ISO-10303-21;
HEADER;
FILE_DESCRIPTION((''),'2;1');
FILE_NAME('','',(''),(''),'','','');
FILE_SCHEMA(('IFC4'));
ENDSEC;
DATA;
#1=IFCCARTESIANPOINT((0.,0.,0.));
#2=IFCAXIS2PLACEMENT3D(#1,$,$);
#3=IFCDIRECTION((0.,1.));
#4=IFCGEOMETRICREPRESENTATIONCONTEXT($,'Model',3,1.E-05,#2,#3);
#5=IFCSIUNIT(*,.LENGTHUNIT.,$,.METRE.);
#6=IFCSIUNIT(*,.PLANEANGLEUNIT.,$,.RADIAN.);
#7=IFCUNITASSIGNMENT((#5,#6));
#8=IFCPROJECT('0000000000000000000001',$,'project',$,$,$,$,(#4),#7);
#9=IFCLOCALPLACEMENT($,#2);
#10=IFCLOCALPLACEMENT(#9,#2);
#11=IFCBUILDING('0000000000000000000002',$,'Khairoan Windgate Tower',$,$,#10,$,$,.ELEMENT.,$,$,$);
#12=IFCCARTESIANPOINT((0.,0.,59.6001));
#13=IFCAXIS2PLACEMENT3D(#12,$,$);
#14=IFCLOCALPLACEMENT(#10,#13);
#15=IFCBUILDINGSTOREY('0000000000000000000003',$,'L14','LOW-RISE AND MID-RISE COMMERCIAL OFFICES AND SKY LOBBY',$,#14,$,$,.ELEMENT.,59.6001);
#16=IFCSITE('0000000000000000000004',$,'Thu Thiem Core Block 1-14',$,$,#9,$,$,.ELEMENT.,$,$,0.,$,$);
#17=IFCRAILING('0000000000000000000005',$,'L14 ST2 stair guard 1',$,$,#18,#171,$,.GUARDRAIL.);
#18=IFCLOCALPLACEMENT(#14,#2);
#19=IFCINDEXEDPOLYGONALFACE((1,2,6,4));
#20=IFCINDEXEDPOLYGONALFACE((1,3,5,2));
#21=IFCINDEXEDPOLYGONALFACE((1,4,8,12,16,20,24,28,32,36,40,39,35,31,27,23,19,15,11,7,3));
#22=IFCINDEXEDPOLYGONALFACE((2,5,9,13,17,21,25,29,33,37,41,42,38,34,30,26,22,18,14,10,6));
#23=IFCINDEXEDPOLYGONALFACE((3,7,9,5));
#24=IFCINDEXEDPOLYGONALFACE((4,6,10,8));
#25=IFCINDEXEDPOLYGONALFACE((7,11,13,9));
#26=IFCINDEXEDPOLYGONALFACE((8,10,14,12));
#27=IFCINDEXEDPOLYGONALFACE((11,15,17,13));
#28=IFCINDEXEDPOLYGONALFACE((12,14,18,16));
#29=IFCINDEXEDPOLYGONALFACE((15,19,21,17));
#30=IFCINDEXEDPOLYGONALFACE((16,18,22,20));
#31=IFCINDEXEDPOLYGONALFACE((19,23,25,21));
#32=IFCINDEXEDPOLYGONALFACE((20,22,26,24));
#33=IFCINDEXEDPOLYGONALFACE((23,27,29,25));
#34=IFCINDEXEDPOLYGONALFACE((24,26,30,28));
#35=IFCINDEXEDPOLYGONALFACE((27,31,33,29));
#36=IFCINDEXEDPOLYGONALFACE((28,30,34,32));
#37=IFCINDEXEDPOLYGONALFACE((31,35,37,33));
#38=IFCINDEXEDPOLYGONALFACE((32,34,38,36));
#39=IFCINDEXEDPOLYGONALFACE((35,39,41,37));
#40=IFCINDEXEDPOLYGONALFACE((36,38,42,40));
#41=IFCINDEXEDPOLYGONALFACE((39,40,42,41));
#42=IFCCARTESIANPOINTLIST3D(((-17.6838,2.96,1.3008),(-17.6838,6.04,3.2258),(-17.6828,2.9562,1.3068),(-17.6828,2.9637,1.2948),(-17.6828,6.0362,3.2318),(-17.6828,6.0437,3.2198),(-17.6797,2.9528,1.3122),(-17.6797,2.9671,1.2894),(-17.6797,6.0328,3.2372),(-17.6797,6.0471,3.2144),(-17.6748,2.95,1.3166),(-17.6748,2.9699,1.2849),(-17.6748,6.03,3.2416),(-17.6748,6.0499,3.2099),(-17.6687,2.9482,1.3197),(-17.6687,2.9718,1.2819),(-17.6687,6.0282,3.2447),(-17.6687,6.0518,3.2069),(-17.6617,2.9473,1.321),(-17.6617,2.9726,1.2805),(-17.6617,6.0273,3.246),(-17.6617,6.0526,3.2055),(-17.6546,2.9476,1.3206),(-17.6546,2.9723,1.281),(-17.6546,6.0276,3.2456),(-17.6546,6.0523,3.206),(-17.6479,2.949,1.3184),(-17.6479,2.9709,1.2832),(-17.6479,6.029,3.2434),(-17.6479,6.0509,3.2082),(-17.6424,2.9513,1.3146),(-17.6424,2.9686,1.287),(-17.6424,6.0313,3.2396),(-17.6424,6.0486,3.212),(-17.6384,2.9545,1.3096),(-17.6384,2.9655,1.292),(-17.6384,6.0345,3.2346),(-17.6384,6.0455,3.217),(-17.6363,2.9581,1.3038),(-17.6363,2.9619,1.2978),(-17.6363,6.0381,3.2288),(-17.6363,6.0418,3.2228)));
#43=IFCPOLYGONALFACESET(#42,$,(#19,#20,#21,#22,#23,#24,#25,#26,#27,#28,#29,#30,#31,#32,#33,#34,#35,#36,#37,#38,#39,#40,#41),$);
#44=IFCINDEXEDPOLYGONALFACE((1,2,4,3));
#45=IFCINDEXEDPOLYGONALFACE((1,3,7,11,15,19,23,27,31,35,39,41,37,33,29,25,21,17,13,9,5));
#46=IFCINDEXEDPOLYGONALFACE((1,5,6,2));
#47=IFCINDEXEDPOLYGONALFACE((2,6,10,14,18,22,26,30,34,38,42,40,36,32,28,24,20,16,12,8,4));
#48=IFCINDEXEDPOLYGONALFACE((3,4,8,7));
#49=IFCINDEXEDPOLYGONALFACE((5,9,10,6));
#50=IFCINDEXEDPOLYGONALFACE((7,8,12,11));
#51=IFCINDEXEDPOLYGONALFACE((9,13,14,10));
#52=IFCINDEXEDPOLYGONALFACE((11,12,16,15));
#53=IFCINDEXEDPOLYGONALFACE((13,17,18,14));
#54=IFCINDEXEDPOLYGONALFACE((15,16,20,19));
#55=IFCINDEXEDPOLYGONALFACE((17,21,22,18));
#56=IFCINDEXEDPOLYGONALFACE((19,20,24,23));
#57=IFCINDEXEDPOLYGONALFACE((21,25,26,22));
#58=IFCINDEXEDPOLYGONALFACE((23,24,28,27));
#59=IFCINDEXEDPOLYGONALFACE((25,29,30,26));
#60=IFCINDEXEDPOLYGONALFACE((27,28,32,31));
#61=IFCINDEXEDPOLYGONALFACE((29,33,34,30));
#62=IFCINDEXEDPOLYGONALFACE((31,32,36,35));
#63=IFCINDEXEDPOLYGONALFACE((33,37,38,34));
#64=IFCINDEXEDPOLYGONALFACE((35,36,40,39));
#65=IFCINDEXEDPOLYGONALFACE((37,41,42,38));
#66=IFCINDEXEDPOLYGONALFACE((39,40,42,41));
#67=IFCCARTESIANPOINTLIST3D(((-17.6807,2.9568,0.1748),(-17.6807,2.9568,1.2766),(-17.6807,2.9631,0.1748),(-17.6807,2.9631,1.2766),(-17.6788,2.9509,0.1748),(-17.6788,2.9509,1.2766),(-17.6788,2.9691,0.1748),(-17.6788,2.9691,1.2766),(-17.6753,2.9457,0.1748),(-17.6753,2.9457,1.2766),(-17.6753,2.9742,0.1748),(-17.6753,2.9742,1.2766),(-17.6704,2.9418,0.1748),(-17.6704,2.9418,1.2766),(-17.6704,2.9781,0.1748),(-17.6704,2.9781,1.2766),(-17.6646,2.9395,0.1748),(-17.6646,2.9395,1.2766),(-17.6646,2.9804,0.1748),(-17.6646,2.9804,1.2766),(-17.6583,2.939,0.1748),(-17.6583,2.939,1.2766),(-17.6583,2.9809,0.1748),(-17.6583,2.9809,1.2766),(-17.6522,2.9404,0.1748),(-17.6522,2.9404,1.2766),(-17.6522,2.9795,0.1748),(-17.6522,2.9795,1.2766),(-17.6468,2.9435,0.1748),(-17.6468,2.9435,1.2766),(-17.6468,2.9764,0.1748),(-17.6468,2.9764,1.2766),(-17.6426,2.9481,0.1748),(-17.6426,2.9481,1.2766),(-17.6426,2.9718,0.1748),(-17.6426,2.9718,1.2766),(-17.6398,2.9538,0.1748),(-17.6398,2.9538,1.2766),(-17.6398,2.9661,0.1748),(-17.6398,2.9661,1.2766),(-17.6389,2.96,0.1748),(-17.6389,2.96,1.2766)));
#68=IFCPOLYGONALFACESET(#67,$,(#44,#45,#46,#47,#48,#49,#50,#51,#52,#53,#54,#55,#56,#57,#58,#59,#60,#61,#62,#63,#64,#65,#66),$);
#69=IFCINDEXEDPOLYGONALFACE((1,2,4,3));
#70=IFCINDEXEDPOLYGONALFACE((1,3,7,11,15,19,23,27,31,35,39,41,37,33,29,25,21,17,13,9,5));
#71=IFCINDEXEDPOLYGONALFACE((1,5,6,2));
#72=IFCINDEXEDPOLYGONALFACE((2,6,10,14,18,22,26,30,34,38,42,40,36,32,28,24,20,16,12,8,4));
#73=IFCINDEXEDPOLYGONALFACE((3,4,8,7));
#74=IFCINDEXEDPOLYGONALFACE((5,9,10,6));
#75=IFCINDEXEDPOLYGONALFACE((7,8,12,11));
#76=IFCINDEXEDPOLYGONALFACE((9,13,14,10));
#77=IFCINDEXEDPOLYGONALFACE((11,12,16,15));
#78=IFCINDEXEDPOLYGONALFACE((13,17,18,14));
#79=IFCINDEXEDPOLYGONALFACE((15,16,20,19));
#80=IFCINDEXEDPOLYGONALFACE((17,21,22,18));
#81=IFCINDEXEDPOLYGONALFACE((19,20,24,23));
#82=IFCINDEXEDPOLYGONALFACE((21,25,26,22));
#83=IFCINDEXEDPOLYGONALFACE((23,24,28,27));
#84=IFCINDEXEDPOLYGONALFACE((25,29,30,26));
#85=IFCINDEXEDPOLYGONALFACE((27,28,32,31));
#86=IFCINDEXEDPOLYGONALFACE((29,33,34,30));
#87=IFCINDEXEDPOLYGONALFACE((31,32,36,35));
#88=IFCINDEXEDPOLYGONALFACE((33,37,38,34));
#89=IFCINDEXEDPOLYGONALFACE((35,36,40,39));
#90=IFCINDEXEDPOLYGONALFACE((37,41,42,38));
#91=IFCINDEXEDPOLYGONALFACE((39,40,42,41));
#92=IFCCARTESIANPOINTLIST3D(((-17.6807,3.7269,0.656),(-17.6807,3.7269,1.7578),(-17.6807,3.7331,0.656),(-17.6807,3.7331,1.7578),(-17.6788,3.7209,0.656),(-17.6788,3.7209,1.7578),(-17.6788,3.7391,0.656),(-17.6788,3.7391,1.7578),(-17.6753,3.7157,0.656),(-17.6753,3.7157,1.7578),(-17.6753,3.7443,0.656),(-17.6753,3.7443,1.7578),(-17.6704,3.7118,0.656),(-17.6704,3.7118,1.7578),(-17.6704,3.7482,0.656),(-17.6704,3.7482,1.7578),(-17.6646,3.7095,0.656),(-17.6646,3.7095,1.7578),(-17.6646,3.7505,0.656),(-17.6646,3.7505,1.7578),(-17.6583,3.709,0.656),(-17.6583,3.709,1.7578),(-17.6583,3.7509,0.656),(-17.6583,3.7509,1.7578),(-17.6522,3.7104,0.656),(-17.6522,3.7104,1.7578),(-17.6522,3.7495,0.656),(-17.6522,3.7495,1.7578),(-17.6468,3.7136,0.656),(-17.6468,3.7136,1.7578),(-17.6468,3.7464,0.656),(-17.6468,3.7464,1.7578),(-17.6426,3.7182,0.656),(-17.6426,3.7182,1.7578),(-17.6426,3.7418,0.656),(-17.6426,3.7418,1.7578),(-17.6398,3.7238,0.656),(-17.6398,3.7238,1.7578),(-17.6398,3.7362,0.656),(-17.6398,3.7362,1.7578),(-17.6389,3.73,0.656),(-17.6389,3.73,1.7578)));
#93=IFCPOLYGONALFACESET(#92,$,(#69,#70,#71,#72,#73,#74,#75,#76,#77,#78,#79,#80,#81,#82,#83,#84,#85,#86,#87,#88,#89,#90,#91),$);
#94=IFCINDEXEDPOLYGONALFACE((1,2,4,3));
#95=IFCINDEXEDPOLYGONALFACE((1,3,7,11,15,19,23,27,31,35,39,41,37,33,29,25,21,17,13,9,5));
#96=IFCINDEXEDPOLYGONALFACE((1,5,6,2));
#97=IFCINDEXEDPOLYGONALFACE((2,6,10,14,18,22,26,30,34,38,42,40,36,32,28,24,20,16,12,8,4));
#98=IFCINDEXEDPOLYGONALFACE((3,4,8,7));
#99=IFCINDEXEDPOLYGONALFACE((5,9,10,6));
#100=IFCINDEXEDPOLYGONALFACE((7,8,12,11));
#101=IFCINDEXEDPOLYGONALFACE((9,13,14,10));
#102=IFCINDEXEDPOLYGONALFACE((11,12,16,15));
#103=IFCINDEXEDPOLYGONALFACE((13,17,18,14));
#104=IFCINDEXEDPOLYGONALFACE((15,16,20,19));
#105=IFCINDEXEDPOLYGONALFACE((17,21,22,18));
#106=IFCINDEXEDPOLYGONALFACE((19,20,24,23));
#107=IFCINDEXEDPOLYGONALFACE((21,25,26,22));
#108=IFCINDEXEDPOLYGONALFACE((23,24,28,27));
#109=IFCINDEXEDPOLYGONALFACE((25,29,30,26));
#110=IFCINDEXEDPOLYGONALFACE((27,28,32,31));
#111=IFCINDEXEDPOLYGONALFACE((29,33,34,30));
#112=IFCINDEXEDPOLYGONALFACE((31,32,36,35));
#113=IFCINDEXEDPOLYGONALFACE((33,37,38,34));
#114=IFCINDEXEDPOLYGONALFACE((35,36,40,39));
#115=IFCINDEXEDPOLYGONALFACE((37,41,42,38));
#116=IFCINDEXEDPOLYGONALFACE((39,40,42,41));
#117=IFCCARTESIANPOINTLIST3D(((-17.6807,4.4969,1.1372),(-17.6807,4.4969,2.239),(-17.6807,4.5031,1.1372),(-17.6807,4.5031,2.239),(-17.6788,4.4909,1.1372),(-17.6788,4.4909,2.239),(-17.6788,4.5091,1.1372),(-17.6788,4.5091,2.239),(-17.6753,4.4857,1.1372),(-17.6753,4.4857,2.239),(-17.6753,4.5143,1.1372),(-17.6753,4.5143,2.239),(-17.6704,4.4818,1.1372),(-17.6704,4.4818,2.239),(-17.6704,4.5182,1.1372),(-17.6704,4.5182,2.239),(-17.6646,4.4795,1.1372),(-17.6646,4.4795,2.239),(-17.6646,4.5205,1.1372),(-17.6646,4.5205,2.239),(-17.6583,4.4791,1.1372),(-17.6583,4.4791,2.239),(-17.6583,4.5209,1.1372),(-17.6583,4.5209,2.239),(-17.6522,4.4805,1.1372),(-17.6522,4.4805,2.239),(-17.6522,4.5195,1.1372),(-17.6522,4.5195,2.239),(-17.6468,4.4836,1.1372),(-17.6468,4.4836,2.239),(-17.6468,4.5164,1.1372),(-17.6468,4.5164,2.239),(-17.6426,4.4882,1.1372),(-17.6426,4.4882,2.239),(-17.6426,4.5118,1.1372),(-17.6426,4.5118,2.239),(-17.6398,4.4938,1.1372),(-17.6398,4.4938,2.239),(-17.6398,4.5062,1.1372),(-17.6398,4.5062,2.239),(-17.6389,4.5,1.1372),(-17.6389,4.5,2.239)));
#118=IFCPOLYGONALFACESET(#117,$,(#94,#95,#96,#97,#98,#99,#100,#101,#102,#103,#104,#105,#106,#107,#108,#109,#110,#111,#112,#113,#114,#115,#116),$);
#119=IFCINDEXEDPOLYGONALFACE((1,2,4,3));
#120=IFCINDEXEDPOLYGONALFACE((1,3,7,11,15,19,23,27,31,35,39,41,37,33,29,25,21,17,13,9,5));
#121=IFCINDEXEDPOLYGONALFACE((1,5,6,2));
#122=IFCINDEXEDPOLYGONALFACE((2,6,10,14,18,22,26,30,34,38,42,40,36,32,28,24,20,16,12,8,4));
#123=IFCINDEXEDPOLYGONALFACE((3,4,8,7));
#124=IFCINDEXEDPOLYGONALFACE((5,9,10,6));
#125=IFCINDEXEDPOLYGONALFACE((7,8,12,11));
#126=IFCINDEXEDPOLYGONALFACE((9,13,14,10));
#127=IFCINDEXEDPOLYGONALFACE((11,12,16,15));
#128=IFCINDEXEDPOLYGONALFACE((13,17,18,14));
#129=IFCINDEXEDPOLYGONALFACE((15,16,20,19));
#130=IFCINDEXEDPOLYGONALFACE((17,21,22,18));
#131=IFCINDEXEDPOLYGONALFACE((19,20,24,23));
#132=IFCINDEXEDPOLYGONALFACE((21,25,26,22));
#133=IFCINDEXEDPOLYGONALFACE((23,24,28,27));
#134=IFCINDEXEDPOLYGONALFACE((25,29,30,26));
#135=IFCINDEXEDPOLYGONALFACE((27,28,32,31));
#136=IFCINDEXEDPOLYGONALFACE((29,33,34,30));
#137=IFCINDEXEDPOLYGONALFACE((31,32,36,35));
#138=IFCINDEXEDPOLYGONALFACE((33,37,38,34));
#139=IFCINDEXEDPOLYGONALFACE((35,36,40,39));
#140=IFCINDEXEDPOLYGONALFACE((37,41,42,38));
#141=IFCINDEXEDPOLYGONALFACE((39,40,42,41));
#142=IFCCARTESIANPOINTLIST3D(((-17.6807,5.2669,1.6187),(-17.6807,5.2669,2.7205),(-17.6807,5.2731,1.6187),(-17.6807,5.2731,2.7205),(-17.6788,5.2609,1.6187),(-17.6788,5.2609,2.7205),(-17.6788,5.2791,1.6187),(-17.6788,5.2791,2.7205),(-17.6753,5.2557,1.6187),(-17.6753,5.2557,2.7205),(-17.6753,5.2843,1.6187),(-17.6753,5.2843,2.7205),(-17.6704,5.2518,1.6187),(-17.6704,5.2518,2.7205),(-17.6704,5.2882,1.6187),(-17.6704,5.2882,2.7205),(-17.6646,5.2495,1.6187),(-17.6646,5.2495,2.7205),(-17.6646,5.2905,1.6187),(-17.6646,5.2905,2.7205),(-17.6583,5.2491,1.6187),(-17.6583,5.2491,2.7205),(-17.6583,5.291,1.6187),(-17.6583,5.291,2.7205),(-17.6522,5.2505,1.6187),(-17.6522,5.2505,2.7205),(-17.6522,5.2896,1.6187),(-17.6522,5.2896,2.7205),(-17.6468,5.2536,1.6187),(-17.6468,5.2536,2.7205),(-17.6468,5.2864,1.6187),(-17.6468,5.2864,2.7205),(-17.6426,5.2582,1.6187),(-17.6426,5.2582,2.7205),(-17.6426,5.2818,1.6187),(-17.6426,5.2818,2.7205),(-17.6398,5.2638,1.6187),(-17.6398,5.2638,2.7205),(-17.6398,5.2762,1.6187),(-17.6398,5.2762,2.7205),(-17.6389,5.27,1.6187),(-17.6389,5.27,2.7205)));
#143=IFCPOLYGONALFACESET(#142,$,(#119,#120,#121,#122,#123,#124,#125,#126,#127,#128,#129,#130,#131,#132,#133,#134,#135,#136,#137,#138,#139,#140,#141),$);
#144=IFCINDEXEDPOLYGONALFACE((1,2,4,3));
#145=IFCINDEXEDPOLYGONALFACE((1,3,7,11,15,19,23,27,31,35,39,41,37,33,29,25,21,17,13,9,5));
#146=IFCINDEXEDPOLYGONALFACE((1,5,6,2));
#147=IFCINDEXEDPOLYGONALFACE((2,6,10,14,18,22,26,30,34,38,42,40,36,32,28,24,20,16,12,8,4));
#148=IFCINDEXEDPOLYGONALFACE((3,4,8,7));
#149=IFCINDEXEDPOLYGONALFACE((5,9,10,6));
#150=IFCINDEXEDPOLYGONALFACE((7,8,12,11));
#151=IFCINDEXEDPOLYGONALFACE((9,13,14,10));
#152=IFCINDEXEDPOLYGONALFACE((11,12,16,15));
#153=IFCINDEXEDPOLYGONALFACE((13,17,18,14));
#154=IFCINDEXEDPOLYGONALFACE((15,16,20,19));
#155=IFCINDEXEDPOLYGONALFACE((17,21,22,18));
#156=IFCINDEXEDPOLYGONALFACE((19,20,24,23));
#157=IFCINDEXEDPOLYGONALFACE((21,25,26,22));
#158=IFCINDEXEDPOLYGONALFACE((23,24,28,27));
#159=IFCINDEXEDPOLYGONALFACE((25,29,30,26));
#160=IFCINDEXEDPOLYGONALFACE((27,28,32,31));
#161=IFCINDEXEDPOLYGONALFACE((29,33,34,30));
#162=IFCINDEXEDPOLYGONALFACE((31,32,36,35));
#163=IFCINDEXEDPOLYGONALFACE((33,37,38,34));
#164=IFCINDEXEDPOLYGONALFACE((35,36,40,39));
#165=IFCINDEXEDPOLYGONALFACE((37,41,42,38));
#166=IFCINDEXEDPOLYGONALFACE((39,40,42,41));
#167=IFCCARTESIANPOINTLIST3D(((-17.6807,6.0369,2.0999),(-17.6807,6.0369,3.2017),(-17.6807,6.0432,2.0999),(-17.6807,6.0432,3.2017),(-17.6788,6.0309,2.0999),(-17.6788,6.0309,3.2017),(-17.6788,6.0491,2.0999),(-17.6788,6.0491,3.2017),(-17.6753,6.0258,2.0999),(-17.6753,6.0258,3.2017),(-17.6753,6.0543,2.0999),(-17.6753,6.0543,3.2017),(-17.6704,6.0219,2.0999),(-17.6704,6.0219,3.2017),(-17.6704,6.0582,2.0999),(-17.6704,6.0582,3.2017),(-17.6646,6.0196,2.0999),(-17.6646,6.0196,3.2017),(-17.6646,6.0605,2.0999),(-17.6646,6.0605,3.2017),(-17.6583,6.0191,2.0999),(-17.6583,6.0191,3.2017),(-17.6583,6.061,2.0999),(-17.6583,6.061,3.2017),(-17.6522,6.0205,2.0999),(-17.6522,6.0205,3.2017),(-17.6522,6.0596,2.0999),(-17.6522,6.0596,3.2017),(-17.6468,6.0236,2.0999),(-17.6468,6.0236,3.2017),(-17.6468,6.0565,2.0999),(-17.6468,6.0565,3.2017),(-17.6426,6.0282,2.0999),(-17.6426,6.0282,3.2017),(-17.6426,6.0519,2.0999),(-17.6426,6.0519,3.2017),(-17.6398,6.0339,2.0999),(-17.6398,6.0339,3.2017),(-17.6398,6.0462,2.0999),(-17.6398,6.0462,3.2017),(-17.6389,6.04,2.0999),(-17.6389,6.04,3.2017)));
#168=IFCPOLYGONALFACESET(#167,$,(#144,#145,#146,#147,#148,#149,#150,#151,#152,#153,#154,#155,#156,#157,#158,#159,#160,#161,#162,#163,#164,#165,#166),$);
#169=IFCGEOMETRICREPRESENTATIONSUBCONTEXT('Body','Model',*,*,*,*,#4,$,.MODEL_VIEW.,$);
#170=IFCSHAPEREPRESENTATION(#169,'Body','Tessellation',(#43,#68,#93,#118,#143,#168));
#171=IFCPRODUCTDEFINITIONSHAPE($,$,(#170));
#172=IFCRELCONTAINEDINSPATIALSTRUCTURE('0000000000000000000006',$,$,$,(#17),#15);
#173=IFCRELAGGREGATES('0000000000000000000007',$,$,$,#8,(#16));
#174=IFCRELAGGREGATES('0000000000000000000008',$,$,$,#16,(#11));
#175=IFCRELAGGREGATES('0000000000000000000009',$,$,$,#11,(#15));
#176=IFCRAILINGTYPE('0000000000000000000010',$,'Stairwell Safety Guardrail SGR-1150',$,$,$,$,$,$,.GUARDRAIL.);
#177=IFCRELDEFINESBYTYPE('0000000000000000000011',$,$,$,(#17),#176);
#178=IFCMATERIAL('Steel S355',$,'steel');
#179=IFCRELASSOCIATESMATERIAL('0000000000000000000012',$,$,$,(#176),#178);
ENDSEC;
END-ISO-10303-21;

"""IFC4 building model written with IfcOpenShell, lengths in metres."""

from ifc_helpers import new_model, si_unit, direction, frame, origin, origin_2d, place, context, subcontext, project, spatial, circle, extrude, material, type_object, element, save


model = new_model("IFC4")

# Units and contexts
model_context = context("Model", 3, precision=1e-05, world=origin(), true_north=direction((0.0, 1.0)))
body_context = subcontext(model_context, "Body", "Model", "MODEL_VIEW")
ifc_project = project(units=[si_unit("LENGTHUNIT", "METRE"), si_unit("PLANEANGLEUNIT", "RADIAN")], contexts=[model_context])

# Site, building, storey
site_placement = place(None, origin())
site = spatial("IfcSite", under=ifc_project, at=site_placement, Name="Thu Thiem Core Block 1-14", CompositionType="ELEMENT", RefElevation=0.0)
building_placement = place(site_placement, origin())
building = spatial("IfcBuilding", under=site, at=building_placement, Name="Khairoan Windgate Tower", CompositionType="ELEMENT")
storey_placement = place(building_placement, frame((0.0, 0.0, 59.6001)))
storey = spatial("IfcBuildingStorey", under=building, at=storey_placement, Name="L14", Description="LOW-RISE AND MID-RISE COMMERCIAL OFFICES AND SKY LOBBY", CompositionType="ELEMENT", Elevation=59.6001)

# Railing
ifc_material_1 = material(Name="Steel S355", Category="steel")
railing_type_1 = type_object("IfcRailingType", Name="Stairwell Safety Guardrail SGR-1150", PredefinedType="GUARDRAIL", material=ifc_material_1)
railing_1_placement = place(storey_placement, frame((-17.6599, 2.96, 0.1748)))
element("IfcRailing", 1, at=railing_1_placement, inside=storey, type_object=railing_type_1, Name="L14 ST2 stair guard 1", PredefinedType="GUARDRAIL", context=body_context, shape_type="SweptSolid", body=[
    extrude(circle(Radius=0.0239, at=origin_2d()), frame((0.0, 0.0, 1.126), z_axis=(0.0, 0.847998, 0.529999), x_axis=(-1.0, 0.0, 0.0)), (0.0, 0.0, 1.0), 3.6321),
    extrude(circle(Radius=0.021, at=origin_2d()), origin(), (0.0, 0.0, 1.0), 1.1018),
    extrude(circle(Radius=0.021, at=origin_2d()), frame((0.0, 0.77, 0.4812)), (0.0, 0.0, 1.0), 1.1018),
    extrude(circle(Radius=0.021, at=origin_2d()), frame((0.0, 1.54, 0.9624)), (0.0, 0.0, 1.0), 1.1018),
    extrude(circle(Radius=0.021, at=origin_2d()), frame((0.0, 2.3101, 1.4438)), (0.0, 0.0, 1.0), 1.1018),
    extrude(circle(Radius=0.021, at=origin_2d()), frame((0.0, 3.0801, 1.925)), (0.0, 0.0, 1.0), 1.1018),
])

save(model, "model.ifc")
